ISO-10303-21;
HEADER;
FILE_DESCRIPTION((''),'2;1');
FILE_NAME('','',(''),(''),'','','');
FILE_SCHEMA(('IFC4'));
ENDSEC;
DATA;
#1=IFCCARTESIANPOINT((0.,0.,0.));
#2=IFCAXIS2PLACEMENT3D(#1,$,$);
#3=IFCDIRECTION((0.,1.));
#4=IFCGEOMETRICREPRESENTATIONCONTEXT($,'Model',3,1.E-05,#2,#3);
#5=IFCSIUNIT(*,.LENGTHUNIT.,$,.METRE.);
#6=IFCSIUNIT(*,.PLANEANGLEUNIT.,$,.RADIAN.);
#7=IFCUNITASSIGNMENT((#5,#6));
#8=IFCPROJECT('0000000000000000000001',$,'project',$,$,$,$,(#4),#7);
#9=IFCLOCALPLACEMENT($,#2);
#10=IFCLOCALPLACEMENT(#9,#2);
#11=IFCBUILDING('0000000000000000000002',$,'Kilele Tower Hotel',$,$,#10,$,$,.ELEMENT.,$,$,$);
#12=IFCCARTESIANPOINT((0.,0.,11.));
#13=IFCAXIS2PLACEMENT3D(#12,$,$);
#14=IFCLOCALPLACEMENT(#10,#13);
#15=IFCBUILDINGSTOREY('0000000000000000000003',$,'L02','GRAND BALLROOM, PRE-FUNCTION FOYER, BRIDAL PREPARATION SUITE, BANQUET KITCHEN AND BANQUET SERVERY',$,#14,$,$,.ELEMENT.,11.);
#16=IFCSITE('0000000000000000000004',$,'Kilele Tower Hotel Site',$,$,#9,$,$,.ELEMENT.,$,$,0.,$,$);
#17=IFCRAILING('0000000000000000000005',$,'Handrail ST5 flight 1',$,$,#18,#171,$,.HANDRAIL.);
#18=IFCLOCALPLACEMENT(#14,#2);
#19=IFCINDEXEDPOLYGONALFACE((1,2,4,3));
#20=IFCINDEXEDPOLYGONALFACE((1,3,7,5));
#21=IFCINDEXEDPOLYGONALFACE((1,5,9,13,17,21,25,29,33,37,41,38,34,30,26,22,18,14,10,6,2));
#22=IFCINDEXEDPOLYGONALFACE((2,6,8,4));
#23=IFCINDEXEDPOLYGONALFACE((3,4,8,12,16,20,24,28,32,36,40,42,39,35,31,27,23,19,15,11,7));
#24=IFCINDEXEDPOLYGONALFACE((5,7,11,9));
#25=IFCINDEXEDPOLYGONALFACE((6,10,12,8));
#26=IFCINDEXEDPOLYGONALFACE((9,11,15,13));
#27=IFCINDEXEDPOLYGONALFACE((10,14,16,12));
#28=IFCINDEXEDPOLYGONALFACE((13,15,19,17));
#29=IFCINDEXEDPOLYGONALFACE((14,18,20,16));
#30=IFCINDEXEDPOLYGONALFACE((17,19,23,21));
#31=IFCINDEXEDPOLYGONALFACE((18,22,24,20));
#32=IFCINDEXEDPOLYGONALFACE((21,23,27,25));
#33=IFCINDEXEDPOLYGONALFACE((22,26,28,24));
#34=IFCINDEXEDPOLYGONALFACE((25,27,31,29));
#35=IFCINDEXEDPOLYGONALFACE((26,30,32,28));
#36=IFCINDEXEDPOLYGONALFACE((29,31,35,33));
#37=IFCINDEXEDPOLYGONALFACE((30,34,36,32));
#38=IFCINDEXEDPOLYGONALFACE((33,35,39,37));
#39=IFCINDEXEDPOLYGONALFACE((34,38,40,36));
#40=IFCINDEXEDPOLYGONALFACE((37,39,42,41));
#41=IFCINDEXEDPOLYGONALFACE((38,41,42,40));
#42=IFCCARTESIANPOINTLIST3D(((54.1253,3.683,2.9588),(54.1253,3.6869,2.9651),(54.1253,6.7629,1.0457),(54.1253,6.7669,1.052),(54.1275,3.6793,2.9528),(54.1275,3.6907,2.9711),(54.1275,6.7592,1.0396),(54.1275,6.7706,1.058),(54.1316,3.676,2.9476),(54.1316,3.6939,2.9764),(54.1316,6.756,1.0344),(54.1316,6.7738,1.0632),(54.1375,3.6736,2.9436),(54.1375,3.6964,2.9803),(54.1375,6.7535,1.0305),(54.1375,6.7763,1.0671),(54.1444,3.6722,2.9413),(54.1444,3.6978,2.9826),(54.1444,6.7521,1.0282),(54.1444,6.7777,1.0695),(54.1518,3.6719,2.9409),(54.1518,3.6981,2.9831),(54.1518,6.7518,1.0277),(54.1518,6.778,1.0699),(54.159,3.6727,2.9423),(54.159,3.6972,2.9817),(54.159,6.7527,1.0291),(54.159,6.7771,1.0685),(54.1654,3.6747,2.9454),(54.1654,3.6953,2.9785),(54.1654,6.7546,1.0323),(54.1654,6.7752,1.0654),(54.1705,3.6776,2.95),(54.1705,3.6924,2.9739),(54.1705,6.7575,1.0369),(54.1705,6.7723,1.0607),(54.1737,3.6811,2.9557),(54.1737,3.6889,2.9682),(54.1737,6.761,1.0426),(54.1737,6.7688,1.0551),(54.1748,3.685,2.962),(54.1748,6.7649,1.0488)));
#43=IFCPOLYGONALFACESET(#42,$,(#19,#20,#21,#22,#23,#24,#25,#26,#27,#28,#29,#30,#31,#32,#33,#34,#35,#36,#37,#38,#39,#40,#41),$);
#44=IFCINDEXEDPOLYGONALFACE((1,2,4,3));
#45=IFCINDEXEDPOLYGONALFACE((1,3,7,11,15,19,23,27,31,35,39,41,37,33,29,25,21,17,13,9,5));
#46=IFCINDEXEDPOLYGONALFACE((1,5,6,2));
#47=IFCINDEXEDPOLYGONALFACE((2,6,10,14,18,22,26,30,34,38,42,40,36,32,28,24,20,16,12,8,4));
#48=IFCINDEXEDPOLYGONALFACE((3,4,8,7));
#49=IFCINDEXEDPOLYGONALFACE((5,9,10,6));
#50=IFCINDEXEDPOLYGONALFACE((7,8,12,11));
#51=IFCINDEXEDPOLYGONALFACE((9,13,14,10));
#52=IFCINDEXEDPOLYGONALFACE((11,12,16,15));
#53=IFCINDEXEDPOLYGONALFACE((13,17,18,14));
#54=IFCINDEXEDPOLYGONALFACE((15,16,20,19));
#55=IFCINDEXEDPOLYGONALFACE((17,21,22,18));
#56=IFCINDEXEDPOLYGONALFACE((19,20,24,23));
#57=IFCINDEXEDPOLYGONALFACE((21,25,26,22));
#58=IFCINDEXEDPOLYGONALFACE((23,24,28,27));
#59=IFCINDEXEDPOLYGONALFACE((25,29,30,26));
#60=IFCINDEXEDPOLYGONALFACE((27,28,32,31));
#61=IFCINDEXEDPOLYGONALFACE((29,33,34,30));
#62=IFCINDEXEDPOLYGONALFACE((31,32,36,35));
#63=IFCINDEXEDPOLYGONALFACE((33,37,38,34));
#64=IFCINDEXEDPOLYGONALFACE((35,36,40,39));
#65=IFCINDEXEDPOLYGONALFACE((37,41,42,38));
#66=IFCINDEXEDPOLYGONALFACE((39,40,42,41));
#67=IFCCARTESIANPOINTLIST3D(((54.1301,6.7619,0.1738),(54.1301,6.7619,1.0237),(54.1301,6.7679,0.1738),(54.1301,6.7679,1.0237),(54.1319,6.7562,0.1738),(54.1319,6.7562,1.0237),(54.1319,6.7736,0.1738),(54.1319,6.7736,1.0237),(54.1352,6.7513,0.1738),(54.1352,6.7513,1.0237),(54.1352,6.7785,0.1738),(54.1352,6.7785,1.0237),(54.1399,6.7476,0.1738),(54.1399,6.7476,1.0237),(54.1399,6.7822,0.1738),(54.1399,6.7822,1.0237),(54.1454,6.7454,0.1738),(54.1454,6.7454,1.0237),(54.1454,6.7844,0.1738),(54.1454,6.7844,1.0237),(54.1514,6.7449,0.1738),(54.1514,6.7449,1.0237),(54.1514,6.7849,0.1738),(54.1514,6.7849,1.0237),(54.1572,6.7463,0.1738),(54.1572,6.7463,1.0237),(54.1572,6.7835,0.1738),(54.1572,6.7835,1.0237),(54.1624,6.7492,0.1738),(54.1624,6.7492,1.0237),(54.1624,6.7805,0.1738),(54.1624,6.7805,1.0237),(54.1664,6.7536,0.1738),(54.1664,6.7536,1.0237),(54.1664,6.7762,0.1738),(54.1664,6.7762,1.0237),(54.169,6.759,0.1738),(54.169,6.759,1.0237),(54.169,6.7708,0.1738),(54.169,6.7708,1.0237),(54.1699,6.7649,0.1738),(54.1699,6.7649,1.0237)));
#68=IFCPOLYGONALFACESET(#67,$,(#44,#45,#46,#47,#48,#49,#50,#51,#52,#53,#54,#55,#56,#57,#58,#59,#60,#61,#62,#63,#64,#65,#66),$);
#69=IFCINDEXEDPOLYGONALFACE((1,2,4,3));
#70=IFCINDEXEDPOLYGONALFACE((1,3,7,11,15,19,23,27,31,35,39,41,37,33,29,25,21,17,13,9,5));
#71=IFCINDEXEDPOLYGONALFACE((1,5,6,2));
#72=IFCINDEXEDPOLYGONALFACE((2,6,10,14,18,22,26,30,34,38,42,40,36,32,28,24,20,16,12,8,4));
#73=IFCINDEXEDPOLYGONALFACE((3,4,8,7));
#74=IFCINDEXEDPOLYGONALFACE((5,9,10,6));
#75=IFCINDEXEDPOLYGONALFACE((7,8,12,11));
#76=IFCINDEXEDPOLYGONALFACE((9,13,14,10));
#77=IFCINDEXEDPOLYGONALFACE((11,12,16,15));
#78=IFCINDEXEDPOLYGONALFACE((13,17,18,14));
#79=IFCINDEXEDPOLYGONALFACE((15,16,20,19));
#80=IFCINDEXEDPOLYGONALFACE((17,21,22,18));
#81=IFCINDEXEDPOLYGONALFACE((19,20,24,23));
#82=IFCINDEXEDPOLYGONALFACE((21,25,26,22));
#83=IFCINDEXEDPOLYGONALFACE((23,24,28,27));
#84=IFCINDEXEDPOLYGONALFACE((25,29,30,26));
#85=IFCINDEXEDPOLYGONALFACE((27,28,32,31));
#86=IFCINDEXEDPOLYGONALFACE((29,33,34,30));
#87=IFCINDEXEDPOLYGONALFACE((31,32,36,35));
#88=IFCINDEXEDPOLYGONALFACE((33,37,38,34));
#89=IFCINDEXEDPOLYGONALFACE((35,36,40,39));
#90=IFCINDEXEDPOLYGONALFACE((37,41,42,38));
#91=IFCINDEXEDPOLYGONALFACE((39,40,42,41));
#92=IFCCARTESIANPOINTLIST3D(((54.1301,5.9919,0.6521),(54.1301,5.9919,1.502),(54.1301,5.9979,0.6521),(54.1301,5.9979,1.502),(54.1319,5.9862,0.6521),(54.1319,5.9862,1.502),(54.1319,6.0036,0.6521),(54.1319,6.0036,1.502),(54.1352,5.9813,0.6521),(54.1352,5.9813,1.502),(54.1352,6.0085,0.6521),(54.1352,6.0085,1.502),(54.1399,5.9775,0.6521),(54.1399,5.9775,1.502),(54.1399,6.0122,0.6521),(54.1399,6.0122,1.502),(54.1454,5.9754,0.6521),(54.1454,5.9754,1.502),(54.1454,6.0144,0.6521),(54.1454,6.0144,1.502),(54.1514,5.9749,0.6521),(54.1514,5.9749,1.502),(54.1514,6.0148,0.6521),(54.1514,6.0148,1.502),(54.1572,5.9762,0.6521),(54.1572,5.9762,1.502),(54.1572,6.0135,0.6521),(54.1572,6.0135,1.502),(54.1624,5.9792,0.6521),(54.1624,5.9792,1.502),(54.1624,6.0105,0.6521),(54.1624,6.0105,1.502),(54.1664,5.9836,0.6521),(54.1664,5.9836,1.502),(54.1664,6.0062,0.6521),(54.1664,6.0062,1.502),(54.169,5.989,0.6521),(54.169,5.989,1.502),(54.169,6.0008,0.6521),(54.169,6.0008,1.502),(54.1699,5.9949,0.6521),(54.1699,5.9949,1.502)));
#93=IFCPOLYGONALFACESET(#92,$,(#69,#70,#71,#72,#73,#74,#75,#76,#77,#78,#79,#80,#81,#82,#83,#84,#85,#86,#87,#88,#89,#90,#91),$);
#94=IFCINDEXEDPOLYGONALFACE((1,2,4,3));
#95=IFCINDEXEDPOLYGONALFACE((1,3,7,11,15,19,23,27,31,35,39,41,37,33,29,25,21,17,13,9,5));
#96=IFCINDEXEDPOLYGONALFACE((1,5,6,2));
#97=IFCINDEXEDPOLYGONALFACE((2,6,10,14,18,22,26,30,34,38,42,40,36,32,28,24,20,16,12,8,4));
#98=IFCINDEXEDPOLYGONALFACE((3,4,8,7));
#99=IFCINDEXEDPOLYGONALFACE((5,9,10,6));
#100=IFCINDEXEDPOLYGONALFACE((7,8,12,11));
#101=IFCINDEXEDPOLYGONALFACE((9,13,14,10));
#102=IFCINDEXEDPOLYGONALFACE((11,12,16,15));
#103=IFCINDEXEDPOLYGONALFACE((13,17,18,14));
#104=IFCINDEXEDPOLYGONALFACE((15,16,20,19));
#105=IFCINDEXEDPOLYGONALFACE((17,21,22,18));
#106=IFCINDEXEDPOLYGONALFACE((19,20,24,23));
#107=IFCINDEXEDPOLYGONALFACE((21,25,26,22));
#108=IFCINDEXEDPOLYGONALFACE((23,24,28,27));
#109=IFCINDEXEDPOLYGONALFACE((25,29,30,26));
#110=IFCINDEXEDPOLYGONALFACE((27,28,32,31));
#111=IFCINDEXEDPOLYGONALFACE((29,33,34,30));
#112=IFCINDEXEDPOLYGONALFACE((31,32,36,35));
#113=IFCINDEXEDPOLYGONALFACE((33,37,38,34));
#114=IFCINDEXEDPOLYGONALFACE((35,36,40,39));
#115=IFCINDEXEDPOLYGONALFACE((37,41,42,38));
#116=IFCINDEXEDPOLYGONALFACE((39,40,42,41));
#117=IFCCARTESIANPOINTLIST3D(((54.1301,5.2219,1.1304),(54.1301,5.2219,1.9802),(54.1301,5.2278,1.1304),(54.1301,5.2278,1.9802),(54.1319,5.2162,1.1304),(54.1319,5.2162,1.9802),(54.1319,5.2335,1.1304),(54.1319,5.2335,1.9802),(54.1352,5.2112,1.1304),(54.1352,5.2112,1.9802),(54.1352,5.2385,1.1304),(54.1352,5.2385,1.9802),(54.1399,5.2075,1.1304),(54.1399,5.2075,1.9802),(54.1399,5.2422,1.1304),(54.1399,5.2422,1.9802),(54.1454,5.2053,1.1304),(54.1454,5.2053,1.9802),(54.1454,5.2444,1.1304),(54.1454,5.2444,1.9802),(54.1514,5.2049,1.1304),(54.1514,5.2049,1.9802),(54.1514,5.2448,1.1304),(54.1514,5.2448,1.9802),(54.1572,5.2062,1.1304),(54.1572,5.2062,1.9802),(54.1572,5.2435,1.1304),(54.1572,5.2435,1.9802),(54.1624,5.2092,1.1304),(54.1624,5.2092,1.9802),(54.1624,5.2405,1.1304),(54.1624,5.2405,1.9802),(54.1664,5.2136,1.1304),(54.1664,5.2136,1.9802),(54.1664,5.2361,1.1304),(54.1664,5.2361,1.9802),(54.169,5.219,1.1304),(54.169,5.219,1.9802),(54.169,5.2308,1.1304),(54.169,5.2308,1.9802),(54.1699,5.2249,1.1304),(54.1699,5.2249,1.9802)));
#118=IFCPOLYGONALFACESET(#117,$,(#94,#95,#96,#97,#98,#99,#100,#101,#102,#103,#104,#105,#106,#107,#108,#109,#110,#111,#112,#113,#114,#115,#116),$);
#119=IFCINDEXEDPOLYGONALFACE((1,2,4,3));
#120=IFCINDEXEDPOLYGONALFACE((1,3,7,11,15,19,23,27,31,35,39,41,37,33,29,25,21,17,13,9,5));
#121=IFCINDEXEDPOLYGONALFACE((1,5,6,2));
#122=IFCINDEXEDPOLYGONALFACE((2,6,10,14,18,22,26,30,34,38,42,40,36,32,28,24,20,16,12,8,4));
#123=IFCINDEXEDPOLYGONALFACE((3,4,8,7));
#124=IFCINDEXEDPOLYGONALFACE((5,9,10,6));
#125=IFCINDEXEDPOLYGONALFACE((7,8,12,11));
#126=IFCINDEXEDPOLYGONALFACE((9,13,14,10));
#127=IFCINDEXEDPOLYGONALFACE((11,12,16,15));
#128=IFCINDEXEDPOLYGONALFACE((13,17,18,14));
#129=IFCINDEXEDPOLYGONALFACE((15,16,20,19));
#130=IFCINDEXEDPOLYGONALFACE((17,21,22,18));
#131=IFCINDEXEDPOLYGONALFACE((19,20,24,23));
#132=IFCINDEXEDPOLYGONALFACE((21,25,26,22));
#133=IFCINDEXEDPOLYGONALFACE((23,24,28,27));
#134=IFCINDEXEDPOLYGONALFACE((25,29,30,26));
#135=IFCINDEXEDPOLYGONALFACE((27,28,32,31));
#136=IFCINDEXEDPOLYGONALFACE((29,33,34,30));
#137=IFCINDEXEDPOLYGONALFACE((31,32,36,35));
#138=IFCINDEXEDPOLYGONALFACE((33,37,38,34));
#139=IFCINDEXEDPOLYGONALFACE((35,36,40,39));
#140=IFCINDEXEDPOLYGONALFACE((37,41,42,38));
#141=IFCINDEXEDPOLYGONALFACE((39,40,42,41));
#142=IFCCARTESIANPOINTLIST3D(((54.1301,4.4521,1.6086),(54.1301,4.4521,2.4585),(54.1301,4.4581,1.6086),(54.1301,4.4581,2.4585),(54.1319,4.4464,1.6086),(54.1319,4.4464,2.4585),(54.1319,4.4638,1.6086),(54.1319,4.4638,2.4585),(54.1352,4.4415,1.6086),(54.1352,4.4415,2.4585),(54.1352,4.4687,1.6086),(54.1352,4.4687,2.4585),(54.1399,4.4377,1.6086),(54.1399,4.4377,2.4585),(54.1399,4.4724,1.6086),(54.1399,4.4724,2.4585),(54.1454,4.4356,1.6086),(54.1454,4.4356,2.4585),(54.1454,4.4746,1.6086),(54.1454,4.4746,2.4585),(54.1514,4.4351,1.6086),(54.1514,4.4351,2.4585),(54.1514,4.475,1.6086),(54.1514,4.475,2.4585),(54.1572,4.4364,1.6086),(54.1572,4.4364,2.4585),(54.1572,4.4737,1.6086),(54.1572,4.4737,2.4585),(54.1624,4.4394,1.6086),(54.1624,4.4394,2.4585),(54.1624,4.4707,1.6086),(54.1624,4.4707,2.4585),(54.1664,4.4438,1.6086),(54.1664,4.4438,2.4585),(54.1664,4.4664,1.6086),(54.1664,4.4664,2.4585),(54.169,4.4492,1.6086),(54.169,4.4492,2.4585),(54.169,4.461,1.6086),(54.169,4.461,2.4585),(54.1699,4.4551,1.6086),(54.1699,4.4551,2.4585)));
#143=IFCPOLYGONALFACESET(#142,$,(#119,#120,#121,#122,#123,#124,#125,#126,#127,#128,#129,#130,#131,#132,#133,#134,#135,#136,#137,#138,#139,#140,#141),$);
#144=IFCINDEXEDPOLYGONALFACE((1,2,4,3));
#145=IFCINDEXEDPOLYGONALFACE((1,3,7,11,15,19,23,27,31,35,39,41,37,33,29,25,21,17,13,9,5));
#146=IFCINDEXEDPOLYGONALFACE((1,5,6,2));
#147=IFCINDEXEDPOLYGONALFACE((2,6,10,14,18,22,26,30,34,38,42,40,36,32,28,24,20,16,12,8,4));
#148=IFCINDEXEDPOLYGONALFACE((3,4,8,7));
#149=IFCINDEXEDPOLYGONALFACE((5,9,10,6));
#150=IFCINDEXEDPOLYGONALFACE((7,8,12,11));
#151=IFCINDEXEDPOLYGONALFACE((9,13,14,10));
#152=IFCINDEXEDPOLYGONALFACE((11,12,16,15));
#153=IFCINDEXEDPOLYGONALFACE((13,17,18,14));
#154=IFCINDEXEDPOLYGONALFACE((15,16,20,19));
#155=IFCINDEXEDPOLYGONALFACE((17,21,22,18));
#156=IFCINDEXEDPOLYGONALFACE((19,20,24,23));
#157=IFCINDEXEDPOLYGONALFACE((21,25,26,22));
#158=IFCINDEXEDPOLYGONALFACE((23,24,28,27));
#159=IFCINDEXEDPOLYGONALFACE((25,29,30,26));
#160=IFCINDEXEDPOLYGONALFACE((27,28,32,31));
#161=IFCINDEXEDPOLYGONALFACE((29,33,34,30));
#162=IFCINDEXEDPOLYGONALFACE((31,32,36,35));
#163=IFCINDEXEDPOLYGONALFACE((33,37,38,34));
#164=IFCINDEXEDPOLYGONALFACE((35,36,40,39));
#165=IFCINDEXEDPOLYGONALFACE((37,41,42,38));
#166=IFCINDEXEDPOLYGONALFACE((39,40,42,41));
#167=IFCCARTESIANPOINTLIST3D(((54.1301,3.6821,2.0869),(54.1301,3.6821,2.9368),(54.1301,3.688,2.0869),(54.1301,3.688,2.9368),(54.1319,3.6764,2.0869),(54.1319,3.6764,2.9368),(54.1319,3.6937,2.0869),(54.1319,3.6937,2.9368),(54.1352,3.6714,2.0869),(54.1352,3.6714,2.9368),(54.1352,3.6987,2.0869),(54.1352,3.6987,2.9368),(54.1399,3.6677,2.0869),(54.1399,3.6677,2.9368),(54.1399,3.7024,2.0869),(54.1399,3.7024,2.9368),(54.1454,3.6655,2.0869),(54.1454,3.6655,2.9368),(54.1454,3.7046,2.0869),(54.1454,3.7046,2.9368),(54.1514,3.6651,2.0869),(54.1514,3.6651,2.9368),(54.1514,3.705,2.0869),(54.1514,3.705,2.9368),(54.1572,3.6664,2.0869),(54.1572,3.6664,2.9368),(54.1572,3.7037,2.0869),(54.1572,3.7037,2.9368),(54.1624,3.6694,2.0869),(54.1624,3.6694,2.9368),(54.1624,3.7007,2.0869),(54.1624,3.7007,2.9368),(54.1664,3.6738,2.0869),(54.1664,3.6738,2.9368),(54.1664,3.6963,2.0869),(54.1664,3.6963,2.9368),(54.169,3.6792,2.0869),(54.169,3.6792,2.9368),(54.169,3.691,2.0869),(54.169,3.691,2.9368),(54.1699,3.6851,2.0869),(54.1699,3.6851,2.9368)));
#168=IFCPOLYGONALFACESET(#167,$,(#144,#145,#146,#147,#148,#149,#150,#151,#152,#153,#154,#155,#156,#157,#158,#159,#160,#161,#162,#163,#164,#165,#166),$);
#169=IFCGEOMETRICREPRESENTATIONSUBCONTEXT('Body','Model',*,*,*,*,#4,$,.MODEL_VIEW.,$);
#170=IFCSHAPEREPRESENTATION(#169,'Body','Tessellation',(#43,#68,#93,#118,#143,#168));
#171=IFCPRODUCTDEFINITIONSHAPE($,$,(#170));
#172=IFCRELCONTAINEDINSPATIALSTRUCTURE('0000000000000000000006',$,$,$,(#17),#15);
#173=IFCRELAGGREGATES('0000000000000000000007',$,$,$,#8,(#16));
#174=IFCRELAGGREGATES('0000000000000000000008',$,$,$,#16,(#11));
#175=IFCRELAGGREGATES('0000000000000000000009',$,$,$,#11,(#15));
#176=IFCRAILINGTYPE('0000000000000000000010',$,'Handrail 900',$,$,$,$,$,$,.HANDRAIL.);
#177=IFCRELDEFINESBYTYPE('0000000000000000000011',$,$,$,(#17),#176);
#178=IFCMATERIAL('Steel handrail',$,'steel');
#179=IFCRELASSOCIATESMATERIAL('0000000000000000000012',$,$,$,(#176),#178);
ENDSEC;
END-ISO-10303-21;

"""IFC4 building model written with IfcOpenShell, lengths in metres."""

from ifc_helpers import new_model, si_unit, direction, frame, origin, origin_2d, place, context, subcontext, project, spatial, circle, extrude, material, type_object, element, save


model = new_model("IFC4")

# Units and contexts
model_context = context("Model", 3, precision=1e-05, world=origin(), true_north=direction((0.0, 1.0)))
body_context = subcontext(model_context, "Body", "Model", "MODEL_VIEW")
ifc_project = project(units=[si_unit("LENGTHUNIT", "METRE"), si_unit("PLANEANGLEUNIT", "RADIAN")], contexts=[model_context])

# Site, building, storey
site_placement = place(None, origin())
site = spatial("IfcSite", under=ifc_project, at=site_placement, Name="Kilele Tower Hotel Site", CompositionType="ELEMENT", RefElevation=0.0)
building_placement = place(site_placement, origin())
building = spatial("IfcBuilding", under=site, at=building_placement, Name="Kilele Tower Hotel", CompositionType="ELEMENT")
storey_placement = place(building_placement, frame((0.0, 0.0, 11.0)))
storey = spatial("IfcBuildingStorey", under=building, at=storey_placement, Name="L02", Description="GRAND BALLROOM, PRE-FUNCTION FOYER, BRIDAL PREPARATION SUITE, BANQUET KITCHEN AND BANQUET SERVERY", CompositionType="ELEMENT", Elevation=11.0)

# Railing
ifc_material_1 = material(Name="Steel handrail", Category="steel")
railing_type_1 = type_object("IfcRailingType", Name="Handrail 900", PredefinedType="HANDRAIL", material=ifc_material_1)
for number, where, name in (
    (1, (54.1499, 6.7649, 0.1738), "Handrail ST5 flight 1"),
):
    element("IfcRailing", number, at=place(storey_placement, frame(where)), inside=storey, type_object=railing_type_1, Name=name, PredefinedType="HANDRAIL", context=body_context, shape_type="SweptSolid", body=[
        extrude(circle(Radius=0.0249, at=origin_2d()), frame((0.0, 0.0, 0.875), z_axis=(0.0, -0.849459, 0.527654), x_axis=(1.0, 0.0, 0.0)), (0.0, 0.0, 1.0), 3.6257),
        extrude(circle(Radius=0.02, at=origin_2d()), origin(), (0.0, 0.0, 1.0), 0.8499),
        extrude(circle(Radius=0.02, at=origin_2d()), frame((0.0, -0.77, 0.4783)), (0.0, 0.0, 1.0), 0.8499),
        extrude(circle(Radius=0.02, at=origin_2d()), frame((0.0, -1.54, 0.9565)), (0.0, 0.0, 1.0), 0.8499),
        extrude(circle(Radius=0.02, at=origin_2d()), frame((0.0, -2.3098, 1.4348)), (0.0, 0.0, 1.0), 0.8499),
        extrude(circle(Radius=0.02, at=origin_2d()), frame((0.0, -3.0798, 1.9131)), (0.0, 0.0, 1.0), 0.8499),
    ])

save(model, "model.ifc")
